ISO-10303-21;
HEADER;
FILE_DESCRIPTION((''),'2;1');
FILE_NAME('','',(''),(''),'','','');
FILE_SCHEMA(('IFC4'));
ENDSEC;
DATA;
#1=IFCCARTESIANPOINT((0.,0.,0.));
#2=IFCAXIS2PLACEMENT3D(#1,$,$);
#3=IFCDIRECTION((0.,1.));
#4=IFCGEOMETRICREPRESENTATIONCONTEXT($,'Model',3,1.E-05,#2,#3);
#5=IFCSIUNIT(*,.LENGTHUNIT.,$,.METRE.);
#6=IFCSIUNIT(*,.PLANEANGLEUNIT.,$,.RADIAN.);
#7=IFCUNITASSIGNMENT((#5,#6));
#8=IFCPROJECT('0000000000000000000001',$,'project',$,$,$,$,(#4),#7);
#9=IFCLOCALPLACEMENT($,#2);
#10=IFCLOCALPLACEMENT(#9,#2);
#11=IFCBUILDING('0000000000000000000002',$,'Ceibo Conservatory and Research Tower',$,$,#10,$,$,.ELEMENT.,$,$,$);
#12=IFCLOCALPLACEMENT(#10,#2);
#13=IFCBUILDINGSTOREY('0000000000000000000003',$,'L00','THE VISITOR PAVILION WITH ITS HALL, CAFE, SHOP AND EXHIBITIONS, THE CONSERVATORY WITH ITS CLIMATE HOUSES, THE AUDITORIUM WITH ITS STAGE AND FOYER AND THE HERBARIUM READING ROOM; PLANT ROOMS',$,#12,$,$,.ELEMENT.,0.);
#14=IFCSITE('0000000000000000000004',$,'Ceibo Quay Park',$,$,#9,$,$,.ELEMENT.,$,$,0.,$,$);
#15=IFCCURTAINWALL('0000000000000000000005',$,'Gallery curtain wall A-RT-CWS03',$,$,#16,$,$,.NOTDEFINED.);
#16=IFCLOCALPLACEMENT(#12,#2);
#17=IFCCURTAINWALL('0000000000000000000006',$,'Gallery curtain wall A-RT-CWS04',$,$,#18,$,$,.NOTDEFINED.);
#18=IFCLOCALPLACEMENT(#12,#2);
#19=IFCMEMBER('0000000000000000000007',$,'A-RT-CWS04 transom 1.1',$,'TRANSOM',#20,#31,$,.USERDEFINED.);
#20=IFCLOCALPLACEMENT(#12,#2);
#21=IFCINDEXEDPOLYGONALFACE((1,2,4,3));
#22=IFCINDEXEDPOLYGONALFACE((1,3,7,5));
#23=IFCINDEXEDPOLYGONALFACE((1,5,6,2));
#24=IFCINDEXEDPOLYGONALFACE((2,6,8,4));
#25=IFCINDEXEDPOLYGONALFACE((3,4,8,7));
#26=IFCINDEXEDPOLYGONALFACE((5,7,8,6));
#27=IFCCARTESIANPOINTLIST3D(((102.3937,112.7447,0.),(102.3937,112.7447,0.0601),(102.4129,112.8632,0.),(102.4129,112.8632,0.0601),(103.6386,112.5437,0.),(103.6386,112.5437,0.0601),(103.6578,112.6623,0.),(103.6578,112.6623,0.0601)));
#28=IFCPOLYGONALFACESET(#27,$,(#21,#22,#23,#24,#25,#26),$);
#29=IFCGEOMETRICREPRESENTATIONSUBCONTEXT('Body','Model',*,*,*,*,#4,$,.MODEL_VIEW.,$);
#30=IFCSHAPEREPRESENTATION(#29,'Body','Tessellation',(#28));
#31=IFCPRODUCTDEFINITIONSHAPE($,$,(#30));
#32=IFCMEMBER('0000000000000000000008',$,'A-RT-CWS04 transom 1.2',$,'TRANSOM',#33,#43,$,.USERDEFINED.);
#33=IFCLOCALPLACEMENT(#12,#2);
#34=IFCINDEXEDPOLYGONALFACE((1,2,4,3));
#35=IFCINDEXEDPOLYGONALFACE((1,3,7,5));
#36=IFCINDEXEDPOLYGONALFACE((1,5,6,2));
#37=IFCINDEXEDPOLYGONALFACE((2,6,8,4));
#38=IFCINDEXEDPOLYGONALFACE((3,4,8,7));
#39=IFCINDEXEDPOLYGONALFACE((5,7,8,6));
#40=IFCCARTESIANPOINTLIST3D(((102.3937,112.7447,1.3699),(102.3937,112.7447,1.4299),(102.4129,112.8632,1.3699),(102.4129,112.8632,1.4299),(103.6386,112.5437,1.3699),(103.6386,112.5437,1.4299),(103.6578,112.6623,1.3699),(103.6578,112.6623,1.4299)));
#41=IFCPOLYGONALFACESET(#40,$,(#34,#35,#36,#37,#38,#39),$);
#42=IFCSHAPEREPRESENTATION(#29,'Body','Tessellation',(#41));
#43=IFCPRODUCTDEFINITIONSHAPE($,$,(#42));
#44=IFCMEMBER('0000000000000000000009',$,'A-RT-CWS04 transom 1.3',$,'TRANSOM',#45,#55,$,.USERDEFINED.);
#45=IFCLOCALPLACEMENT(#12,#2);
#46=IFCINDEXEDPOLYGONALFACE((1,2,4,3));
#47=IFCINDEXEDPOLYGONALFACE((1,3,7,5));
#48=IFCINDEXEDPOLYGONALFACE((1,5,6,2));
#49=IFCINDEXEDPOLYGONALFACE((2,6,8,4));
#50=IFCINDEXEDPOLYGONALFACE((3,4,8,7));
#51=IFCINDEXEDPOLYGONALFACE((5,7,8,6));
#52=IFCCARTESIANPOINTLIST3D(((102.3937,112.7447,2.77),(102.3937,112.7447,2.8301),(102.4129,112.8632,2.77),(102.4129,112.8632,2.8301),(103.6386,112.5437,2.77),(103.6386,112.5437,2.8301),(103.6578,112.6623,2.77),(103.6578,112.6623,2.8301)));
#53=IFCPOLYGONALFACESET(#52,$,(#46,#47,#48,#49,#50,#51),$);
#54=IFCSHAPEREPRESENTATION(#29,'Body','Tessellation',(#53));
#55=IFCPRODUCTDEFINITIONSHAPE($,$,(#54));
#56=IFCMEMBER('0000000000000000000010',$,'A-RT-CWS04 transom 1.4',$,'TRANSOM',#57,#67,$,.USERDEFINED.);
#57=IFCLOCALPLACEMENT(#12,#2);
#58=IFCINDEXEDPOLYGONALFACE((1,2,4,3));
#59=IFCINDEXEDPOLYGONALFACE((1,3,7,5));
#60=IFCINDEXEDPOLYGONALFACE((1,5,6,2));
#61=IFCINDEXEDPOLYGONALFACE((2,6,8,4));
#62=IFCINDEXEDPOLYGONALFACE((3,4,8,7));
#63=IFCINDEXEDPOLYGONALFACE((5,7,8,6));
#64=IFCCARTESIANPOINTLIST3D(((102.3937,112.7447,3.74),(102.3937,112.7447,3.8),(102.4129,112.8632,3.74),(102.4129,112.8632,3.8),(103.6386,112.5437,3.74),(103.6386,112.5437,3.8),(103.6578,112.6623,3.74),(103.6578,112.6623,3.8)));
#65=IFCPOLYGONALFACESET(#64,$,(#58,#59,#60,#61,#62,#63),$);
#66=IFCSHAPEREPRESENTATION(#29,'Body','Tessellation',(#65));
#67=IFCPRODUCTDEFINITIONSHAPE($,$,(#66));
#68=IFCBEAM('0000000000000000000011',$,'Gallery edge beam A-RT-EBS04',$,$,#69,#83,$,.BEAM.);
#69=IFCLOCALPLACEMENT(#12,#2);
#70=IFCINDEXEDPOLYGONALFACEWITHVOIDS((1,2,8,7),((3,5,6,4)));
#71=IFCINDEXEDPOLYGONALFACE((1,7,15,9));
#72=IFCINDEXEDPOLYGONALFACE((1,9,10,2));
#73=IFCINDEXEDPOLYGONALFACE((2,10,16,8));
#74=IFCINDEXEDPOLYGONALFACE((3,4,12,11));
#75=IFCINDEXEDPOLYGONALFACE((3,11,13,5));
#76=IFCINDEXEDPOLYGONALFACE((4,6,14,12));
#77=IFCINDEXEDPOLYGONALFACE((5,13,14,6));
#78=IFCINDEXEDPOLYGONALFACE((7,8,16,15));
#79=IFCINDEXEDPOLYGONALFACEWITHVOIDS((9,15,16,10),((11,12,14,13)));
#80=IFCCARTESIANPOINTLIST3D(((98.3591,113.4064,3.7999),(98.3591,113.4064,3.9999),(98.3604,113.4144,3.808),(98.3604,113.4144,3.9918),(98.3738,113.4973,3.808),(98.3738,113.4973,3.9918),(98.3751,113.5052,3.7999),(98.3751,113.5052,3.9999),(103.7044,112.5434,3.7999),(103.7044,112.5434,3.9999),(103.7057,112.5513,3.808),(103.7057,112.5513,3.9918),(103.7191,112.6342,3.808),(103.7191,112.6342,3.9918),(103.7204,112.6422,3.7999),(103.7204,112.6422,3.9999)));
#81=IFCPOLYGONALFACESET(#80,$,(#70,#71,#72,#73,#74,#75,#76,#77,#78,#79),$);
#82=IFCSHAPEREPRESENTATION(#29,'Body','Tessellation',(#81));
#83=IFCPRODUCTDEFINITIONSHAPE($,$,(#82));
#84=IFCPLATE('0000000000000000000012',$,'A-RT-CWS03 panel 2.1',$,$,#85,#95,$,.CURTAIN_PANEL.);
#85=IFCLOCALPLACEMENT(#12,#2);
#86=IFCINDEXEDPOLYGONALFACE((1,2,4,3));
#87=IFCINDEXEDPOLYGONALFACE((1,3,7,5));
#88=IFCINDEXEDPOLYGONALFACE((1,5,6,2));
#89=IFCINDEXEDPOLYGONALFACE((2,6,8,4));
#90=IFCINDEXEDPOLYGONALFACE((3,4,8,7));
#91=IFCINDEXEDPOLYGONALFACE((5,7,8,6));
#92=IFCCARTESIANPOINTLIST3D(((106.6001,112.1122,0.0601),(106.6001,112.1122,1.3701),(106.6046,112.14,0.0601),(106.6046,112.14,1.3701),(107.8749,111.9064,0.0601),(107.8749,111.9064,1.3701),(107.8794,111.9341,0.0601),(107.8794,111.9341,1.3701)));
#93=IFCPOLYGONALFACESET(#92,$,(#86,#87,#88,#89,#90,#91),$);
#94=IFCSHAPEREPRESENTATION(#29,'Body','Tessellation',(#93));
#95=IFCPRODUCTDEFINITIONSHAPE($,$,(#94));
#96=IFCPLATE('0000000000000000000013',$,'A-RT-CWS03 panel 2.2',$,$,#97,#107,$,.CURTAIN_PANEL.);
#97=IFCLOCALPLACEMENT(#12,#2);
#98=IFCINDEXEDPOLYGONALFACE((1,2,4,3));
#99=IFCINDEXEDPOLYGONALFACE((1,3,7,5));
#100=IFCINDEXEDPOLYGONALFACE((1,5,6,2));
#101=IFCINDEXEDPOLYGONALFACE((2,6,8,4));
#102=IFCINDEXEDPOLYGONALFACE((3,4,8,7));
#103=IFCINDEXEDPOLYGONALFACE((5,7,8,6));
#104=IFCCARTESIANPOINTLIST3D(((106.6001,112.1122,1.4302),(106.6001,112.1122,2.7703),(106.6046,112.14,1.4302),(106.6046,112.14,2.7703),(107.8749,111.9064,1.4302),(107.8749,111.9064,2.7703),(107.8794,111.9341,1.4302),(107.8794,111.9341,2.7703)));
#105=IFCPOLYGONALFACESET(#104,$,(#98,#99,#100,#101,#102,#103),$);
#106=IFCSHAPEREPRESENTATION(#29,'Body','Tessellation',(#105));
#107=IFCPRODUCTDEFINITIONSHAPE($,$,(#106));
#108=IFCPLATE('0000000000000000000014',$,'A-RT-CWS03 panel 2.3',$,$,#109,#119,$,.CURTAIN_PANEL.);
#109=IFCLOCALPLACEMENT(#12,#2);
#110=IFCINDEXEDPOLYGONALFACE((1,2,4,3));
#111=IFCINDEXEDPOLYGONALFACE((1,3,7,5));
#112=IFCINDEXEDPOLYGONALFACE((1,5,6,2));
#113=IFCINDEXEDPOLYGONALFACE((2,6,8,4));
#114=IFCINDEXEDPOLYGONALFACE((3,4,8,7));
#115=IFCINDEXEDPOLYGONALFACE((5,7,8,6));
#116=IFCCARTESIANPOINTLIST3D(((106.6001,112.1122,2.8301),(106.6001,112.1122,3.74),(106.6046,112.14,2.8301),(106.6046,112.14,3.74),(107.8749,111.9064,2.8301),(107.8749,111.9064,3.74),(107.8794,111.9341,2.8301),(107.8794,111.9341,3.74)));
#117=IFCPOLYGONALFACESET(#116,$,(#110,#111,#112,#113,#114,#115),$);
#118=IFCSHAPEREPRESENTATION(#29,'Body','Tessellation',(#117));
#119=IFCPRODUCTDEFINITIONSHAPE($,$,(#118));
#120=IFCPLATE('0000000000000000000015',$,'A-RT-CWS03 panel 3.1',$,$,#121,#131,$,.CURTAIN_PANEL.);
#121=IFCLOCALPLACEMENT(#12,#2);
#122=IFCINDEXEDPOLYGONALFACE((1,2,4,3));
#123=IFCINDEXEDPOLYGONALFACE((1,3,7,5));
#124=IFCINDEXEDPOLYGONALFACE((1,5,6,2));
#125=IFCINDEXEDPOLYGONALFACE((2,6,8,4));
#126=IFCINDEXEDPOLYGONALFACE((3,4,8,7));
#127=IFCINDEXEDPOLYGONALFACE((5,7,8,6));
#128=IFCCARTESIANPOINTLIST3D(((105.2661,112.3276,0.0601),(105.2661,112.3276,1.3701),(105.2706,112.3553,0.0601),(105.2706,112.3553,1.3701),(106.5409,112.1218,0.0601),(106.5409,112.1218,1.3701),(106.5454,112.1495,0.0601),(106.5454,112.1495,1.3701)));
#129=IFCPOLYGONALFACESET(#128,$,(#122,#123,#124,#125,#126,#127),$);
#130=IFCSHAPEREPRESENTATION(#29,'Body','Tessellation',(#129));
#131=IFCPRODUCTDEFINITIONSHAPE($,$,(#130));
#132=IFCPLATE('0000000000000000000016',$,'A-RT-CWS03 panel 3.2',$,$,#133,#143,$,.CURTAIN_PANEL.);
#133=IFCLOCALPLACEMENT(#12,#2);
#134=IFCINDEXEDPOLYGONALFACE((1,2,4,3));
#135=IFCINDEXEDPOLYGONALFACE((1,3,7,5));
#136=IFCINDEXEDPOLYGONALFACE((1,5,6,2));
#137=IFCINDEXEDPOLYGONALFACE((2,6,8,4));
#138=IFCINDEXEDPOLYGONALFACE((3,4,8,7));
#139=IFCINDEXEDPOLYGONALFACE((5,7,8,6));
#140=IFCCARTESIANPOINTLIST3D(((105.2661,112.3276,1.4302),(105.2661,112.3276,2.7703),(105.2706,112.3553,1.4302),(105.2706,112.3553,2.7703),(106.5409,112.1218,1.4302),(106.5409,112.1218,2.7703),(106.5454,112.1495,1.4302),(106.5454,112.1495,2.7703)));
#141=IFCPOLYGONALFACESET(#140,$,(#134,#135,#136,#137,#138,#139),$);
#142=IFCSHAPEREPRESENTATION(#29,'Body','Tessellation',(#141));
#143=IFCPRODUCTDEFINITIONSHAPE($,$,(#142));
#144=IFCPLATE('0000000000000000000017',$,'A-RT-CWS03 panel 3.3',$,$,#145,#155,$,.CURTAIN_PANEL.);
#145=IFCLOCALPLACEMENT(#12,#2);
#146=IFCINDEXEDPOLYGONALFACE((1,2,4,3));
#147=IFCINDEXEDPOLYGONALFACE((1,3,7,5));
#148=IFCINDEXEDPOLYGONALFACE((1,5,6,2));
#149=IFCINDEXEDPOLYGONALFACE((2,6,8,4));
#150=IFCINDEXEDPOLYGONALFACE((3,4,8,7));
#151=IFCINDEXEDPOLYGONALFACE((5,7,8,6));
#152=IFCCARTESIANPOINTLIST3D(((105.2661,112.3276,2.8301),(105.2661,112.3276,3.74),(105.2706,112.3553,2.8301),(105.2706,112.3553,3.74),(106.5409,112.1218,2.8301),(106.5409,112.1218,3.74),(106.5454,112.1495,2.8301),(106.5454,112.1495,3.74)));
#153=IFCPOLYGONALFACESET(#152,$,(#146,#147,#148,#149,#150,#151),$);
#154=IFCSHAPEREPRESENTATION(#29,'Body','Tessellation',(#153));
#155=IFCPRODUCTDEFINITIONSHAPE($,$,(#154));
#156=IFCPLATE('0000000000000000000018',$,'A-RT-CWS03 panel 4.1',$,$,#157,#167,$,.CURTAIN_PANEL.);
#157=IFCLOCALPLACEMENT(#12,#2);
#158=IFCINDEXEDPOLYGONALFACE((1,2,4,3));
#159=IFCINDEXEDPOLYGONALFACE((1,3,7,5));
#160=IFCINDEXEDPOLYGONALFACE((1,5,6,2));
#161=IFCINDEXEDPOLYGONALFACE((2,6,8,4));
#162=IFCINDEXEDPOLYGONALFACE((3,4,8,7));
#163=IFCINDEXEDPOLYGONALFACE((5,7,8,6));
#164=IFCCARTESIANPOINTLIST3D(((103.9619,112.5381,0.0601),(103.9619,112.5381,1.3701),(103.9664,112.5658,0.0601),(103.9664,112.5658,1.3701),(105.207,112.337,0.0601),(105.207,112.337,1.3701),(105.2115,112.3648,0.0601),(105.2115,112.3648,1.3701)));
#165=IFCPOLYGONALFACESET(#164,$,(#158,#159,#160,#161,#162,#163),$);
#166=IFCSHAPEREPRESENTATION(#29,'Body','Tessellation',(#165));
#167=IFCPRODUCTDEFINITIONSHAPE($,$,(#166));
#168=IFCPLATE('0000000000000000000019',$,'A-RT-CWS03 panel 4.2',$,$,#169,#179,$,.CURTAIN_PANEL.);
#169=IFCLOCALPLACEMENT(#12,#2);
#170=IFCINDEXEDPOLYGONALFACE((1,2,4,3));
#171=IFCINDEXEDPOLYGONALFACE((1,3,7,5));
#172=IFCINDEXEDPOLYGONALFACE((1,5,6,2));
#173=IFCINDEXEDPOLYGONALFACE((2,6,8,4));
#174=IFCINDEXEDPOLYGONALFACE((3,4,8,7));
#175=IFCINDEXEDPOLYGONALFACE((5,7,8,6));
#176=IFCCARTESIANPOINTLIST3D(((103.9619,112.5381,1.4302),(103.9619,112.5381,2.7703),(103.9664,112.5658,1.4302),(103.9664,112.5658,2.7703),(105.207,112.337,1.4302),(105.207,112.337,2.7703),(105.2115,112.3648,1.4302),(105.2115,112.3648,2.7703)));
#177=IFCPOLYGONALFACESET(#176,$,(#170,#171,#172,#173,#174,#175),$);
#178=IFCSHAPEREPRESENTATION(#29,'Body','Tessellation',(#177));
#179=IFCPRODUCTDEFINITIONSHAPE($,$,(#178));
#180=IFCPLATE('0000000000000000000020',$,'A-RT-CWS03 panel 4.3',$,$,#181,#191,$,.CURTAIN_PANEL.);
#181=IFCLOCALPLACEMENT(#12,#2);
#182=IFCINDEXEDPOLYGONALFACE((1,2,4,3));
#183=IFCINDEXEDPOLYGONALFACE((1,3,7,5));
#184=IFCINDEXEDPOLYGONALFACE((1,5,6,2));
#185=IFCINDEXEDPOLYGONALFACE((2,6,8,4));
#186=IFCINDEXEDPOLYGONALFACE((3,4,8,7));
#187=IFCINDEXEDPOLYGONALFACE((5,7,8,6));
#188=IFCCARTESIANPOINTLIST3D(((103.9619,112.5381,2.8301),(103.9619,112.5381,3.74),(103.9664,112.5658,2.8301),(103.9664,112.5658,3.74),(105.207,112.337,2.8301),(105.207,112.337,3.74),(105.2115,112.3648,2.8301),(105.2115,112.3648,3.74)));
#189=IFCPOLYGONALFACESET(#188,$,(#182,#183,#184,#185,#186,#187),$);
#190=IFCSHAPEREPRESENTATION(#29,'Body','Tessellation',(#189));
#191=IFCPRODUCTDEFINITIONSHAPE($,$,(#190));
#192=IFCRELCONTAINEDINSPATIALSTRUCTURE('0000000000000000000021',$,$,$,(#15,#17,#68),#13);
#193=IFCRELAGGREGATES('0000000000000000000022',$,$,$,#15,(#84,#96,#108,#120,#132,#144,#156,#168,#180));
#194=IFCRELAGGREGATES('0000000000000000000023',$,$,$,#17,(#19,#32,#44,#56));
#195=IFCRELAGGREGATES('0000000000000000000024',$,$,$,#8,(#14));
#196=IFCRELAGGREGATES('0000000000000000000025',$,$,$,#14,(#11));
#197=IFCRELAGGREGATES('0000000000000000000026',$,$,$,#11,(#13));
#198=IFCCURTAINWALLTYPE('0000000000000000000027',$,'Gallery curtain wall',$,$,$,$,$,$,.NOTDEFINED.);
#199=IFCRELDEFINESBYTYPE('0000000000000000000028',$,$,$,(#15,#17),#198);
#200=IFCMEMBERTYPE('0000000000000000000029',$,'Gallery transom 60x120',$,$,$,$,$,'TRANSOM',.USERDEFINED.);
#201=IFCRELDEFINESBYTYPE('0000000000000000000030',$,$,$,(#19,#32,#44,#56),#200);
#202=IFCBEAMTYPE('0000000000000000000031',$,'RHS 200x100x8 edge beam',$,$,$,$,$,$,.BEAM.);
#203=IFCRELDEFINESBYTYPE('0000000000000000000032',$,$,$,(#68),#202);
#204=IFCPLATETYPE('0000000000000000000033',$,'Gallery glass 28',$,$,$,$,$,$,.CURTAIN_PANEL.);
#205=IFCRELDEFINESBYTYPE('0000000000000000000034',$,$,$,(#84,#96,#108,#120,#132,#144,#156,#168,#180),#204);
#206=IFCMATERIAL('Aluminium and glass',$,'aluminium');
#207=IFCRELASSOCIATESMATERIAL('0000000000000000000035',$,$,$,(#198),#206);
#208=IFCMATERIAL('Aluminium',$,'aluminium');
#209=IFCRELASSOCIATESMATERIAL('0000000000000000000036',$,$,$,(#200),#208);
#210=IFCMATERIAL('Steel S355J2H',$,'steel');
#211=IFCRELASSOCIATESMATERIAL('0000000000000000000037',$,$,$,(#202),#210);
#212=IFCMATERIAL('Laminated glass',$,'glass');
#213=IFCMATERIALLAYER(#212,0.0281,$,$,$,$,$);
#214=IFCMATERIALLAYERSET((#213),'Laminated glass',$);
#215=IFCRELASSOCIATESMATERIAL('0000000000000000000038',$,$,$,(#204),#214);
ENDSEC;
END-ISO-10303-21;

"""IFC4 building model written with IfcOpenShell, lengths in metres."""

from ifc_helpers import new_model, si_unit, direction, frame, origin, origin_2d, place, context, subcontext, project, spatial, rectangle, hollow_rectangle, extrude, material, layer, layer_set, material_profile, profile_set, type_object, element, aggregate, save


model = new_model("IFC4")

# Units and contexts
model_context = context("Model", 3, precision=1e-05, world=origin(), true_north=direction((0.0, 1.0)))
body_context = subcontext(model_context, "Body", "Model", "MODEL_VIEW")
ifc_project = project(units=[si_unit("LENGTHUNIT", "METRE"), si_unit("PLANEANGLEUNIT", "RADIAN")], contexts=[model_context])

# Site, building, storey
site_placement = place(None, origin())
site = spatial("IfcSite", under=ifc_project, at=site_placement, Name="Ceibo Quay Park", CompositionType="ELEMENT", RefElevation=0.0)
building_placement = place(site_placement, origin())
building = spatial("IfcBuilding", under=site, at=building_placement, Name="Ceibo Conservatory and Research Tower", CompositionType="ELEMENT")
storey_placement = place(building_placement, origin())
storey = spatial("IfcBuildingStorey", under=building, at=storey_placement, Name="L00", Description="THE VISITOR PAVILION WITH ITS HALL, CAFE, SHOP AND EXHIBITIONS, THE CONSERVATORY WITH ITS CLIMATE HOUSES, THE AUDITORIUM WITH ITS STAGE AND FOYER AND THE HERBARIUM READING ROOM; PLANT ROOMS", CompositionType="ELEMENT", Elevation=0.0)

# Shared definitions
ifc_material_1 = material(Name="Steel S355J2H", Category="steel")

# Curtain wall
ifc_material_2 = material(Name="Aluminium and glass", Category="aluminium")
curtain_wall_type = type_object("IfcCurtainWallType", Name="Gallery curtain wall", PredefinedType="NOTDEFINED", material=ifc_material_2)
curtain_wall_1_placement = place(storey_placement, origin())
curtain_wall_1 = element("IfcCurtainWall", 1, at=curtain_wall_1_placement, inside=storey, type_object=curtain_wall_type, Name="Gallery curtain wall A-RT-CWS03", PredefinedType="NOTDEFINED")
ifc_material_3 = material(Name="Aluminium", Category="aluminium")

# Curtain wall
curtain_wall_2_placement = place(storey_placement, origin())
curtain_wall_2 = element("IfcCurtainWall", 2, at=curtain_wall_2_placement, inside=storey, type_object=curtain_wall_type, Name="Gallery curtain wall A-RT-CWS04", PredefinedType="NOTDEFINED")

# Members
ifc_material_profile_1 = material_profile(ifc_material_3, rectangle(XDim=0.1201, YDim=0.0601, at=origin_2d()), Name="AL 60x120")
ifc_profile_set_1 = profile_set([ifc_material_profile_1], Name="Aluminium")
member_type_1 = type_object("IfcMemberType", Name="Gallery transom 60x120", ElementType="TRANSOM", PredefinedType="USERDEFINED", material=ifc_profile_set_1)
member_1_placement = place(storey_placement, frame((103.6482, 112.603, 0.03), z_axis=(-0.987223, 0.159342, 0.0), x_axis=(-0.159342, -0.987223, 0.0)))
member_1 = element("IfcMember", 3, at=member_1_placement, type_object=member_type_1, Name="A-RT-CWS04 transom 1.1", ObjectType="TRANSOM", PredefinedType="USERDEFINED", context=body_context, shape_type="SweptSolid", body=[
    extrude(rectangle(XDim=0.1201, YDim=0.0601, at=origin_2d()), origin(), (0.0, 0.0, 1.0), 1.261),
])
member_2_placement = place(storey_placement, frame((103.6482, 112.603, 1.3999), z_axis=(-0.987223, 0.159342, 0.0), x_axis=(-0.159342, -0.987223, 0.0)))
member_2 = element("IfcMember", 4, at=member_2_placement, type_object=member_type_1, Name="A-RT-CWS04 transom 1.2", ObjectType="TRANSOM", PredefinedType="USERDEFINED", context=body_context, shape_type="SweptSolid", body=[
    extrude(rectangle(XDim=0.1201, YDim=0.0601, at=origin_2d()), origin(), (0.0, 0.0, 1.0), 1.261),
])
member_3_placement = place(storey_placement, frame((103.6482, 112.603, 2.8), z_axis=(-0.987223, 0.159342, 0.0), x_axis=(-0.159342, -0.987223, 0.0)))
member_3 = element("IfcMember", 5, at=member_3_placement, type_object=member_type_1, Name="A-RT-CWS04 transom 1.3", ObjectType="TRANSOM", PredefinedType="USERDEFINED", context=body_context, shape_type="SweptSolid", body=[
    extrude(rectangle(XDim=0.1201, YDim=0.0601, at=origin_2d()), origin(), (0.0, 0.0, 1.0), 1.261),
])
member_4_placement = place(storey_placement, frame((103.6482, 112.603, 3.77), z_axis=(-0.987223, 0.159342, 0.0), x_axis=(-0.159342, -0.987223, 0.0)))
member_4 = element("IfcMember", 6, at=member_4_placement, type_object=member_type_1, Name="A-RT-CWS04 transom 1.4", ObjectType="TRANSOM", PredefinedType="USERDEFINED", context=body_context, shape_type="SweptSolid", body=[
    extrude(rectangle(XDim=0.1201, YDim=0.0601, at=origin_2d()), origin(), (0.0, 0.0, 1.0), 1.261),
])

# Beam
ifc_material_profile_2 = material_profile(ifc_material_1, hollow_rectangle(XDim=0.1001, YDim=0.2, WallThickness=0.0081, at=origin_2d()), Name="RHS 200x100x8 edge beam")
ifc_profile_set_2 = profile_set([ifc_material_profile_2], Name="Steel S355J2H")
beam_type = type_object("IfcBeamType", Name="RHS 200x100x8 edge beam", PredefinedType="BEAM", material=ifc_profile_set_2)
beam_placement = place(storey_placement, frame((103.7124, 112.5928, 3.8999), z_axis=(-0.987215, 0.159395, 0.0), x_axis=(-0.159395, -0.987215, 0.0)))
element("IfcBeam", 7, at=beam_placement, inside=storey, type_object=beam_type, Name="Gallery edge beam A-RT-EBS04", PredefinedType="BEAM", context=body_context, shape_type="SweptSolid", body=[
    extrude(hollow_rectangle(XDim=0.1001, YDim=0.2, WallThickness=0.0081, at=origin_2d()), origin(), (0.0, 0.0, 1.0), 5.4146),
])

# Plates
ifc_material_4 = material(Name="Laminated glass", Category="glass")
ifc_layer = layer(ifc_material_4, 0.0281)
ifc_layer_set = layer_set([ifc_layer], Name="Laminated glass")
plate_type = type_object("IfcPlateType", Name="Gallery glass 28", PredefinedType="CURTAIN_PANEL", material=ifc_layer_set)
plate_1_placement = place(storey_placement, frame((107.2397, 112.0232, 0.0601), z_axis=(0.0, 0.0, 1.0), x_axis=(-0.987216, 0.159391, 0.0)))
plate_1 = element("IfcPlate", 8, at=plate_1_placement, type_object=plate_type, Name="A-RT-CWS03 panel 2.1", PredefinedType="CURTAIN_PANEL", context=body_context, shape_type="SweptSolid", body=[
    extrude(rectangle(XDim=1.2913, YDim=0.0281, at=origin_2d()), origin(), (0.0, 0.0, 1.0), 1.3101),
])
plate_2_placement = place(storey_placement, frame((107.2397, 112.0232, 1.4302), z_axis=(0.0, 0.0, 1.0), x_axis=(-0.987216, 0.159391, 0.0)))
plate_2 = element("IfcPlate", 9, at=plate_2_placement, type_object=plate_type, Name="A-RT-CWS03 panel 2.2", PredefinedType="CURTAIN_PANEL", context=body_context, shape_type="SweptSolid", body=[
    extrude(rectangle(XDim=1.2913, YDim=0.0281, at=origin_2d()), origin(), (0.0, 0.0, 1.0), 1.3401),
])
plate_3_placement = place(storey_placement, frame((107.2397, 112.0232, 2.8301), z_axis=(0.0, 0.0, 1.0), x_axis=(-0.987216, 0.159391, 0.0)))
plate_3 = element("IfcPlate", 10, at=plate_3_placement, type_object=plate_type, Name="A-RT-CWS03 panel 2.3", PredefinedType="CURTAIN_PANEL", context=body_context, shape_type="SweptSolid", body=[
    extrude(rectangle(XDim=1.2913, YDim=0.0281, at=origin_2d()), origin(), (0.0, 0.0, 1.0), 0.9099),
])
plate_4_placement = place(storey_placement, frame((105.9058, 112.2385, 0.0601), z_axis=(0.0, 0.0, 1.0), x_axis=(-0.987216, 0.159391, 0.0)))
plate_4 = element("IfcPlate", 11, at=plate_4_placement, type_object=plate_type, Name="A-RT-CWS03 panel 3.1", PredefinedType="CURTAIN_PANEL", context=body_context, shape_type="SweptSolid", body=[
    extrude(rectangle(XDim=1.2913, YDim=0.0281, at=origin_2d()), origin(), (0.0, 0.0, 1.0), 1.3101),
])
plate_5_placement = place(storey_placement, frame((105.9058, 112.2385, 1.4302), z_axis=(0.0, 0.0, 1.0), x_axis=(-0.987216, 0.159391, 0.0)))
plate_5 = element("IfcPlate", 12, at=plate_5_placement, type_object=plate_type, Name="A-RT-CWS03 panel 3.2", PredefinedType="CURTAIN_PANEL", context=body_context, shape_type="SweptSolid", body=[
    extrude(rectangle(XDim=1.2913, YDim=0.0281, at=origin_2d()), origin(), (0.0, 0.0, 1.0), 1.3401),
])
plate_6_placement = place(storey_placement, frame((105.9058, 112.2385, 2.8301), z_axis=(0.0, 0.0, 1.0), x_axis=(-0.987216, 0.159391, 0.0)))
plate_6 = element("IfcPlate", 13, at=plate_6_placement, type_object=plate_type, Name="A-RT-CWS03 panel 3.3", PredefinedType="CURTAIN_PANEL", context=body_context, shape_type="SweptSolid", body=[
    extrude(rectangle(XDim=1.2913, YDim=0.0281, at=origin_2d()), origin(), (0.0, 0.0, 1.0), 0.9099),
])
plate_7_placement = place(storey_placement, frame((104.5867, 112.4514, 0.0601), z_axis=(0.0, 0.0, 1.0), x_axis=(-0.987216, 0.159391, 0.0)))
plate_7 = element("IfcPlate", 14, at=plate_7_placement, type_object=plate_type, Name="A-RT-CWS03 panel 4.1", PredefinedType="CURTAIN_PANEL", context=body_context, shape_type="SweptSolid", body=[
    extrude(rectangle(XDim=1.2612, YDim=0.0281, at=origin_2d()), origin(), (0.0, 0.0, 1.0), 1.3101),
])
plate_8_placement = place(storey_placement, frame((104.5867, 112.4514, 1.4302), z_axis=(0.0, 0.0, 1.0), x_axis=(-0.987216, 0.159391, 0.0)))
plate_8 = element("IfcPlate", 15, at=plate_8_placement, type_object=plate_type, Name="A-RT-CWS03 panel 4.2", PredefinedType="CURTAIN_PANEL", context=body_context, shape_type="SweptSolid", body=[
    extrude(rectangle(XDim=1.2612, YDim=0.0281, at=origin_2d()), origin(), (0.0, 0.0, 1.0), 1.3401),
])
plate_9_placement = place(storey_placement, frame((104.5867, 112.4514, 2.8301), z_axis=(0.0, 0.0, 1.0), x_axis=(-0.987216, 0.159391, 0.0)))
plate_9 = element("IfcPlate", 16, at=plate_9_placement, type_object=plate_type, Name="A-RT-CWS03 panel 4.3", PredefinedType="CURTAIN_PANEL", context=body_context, shape_type="SweptSolid", body=[
    extrude(rectangle(XDim=1.2612, YDim=0.0281, at=origin_2d()), origin(), (0.0, 0.0, 1.0), 0.9099),
])
aggregate(curtain_wall_1, [plate_1, plate_2, plate_3, plate_4, plate_5, plate_6, plate_7, plate_8, plate_9])
aggregate(curtain_wall_2, [member_1, member_2, member_3, member_4])

save(model, "model.ifc")
